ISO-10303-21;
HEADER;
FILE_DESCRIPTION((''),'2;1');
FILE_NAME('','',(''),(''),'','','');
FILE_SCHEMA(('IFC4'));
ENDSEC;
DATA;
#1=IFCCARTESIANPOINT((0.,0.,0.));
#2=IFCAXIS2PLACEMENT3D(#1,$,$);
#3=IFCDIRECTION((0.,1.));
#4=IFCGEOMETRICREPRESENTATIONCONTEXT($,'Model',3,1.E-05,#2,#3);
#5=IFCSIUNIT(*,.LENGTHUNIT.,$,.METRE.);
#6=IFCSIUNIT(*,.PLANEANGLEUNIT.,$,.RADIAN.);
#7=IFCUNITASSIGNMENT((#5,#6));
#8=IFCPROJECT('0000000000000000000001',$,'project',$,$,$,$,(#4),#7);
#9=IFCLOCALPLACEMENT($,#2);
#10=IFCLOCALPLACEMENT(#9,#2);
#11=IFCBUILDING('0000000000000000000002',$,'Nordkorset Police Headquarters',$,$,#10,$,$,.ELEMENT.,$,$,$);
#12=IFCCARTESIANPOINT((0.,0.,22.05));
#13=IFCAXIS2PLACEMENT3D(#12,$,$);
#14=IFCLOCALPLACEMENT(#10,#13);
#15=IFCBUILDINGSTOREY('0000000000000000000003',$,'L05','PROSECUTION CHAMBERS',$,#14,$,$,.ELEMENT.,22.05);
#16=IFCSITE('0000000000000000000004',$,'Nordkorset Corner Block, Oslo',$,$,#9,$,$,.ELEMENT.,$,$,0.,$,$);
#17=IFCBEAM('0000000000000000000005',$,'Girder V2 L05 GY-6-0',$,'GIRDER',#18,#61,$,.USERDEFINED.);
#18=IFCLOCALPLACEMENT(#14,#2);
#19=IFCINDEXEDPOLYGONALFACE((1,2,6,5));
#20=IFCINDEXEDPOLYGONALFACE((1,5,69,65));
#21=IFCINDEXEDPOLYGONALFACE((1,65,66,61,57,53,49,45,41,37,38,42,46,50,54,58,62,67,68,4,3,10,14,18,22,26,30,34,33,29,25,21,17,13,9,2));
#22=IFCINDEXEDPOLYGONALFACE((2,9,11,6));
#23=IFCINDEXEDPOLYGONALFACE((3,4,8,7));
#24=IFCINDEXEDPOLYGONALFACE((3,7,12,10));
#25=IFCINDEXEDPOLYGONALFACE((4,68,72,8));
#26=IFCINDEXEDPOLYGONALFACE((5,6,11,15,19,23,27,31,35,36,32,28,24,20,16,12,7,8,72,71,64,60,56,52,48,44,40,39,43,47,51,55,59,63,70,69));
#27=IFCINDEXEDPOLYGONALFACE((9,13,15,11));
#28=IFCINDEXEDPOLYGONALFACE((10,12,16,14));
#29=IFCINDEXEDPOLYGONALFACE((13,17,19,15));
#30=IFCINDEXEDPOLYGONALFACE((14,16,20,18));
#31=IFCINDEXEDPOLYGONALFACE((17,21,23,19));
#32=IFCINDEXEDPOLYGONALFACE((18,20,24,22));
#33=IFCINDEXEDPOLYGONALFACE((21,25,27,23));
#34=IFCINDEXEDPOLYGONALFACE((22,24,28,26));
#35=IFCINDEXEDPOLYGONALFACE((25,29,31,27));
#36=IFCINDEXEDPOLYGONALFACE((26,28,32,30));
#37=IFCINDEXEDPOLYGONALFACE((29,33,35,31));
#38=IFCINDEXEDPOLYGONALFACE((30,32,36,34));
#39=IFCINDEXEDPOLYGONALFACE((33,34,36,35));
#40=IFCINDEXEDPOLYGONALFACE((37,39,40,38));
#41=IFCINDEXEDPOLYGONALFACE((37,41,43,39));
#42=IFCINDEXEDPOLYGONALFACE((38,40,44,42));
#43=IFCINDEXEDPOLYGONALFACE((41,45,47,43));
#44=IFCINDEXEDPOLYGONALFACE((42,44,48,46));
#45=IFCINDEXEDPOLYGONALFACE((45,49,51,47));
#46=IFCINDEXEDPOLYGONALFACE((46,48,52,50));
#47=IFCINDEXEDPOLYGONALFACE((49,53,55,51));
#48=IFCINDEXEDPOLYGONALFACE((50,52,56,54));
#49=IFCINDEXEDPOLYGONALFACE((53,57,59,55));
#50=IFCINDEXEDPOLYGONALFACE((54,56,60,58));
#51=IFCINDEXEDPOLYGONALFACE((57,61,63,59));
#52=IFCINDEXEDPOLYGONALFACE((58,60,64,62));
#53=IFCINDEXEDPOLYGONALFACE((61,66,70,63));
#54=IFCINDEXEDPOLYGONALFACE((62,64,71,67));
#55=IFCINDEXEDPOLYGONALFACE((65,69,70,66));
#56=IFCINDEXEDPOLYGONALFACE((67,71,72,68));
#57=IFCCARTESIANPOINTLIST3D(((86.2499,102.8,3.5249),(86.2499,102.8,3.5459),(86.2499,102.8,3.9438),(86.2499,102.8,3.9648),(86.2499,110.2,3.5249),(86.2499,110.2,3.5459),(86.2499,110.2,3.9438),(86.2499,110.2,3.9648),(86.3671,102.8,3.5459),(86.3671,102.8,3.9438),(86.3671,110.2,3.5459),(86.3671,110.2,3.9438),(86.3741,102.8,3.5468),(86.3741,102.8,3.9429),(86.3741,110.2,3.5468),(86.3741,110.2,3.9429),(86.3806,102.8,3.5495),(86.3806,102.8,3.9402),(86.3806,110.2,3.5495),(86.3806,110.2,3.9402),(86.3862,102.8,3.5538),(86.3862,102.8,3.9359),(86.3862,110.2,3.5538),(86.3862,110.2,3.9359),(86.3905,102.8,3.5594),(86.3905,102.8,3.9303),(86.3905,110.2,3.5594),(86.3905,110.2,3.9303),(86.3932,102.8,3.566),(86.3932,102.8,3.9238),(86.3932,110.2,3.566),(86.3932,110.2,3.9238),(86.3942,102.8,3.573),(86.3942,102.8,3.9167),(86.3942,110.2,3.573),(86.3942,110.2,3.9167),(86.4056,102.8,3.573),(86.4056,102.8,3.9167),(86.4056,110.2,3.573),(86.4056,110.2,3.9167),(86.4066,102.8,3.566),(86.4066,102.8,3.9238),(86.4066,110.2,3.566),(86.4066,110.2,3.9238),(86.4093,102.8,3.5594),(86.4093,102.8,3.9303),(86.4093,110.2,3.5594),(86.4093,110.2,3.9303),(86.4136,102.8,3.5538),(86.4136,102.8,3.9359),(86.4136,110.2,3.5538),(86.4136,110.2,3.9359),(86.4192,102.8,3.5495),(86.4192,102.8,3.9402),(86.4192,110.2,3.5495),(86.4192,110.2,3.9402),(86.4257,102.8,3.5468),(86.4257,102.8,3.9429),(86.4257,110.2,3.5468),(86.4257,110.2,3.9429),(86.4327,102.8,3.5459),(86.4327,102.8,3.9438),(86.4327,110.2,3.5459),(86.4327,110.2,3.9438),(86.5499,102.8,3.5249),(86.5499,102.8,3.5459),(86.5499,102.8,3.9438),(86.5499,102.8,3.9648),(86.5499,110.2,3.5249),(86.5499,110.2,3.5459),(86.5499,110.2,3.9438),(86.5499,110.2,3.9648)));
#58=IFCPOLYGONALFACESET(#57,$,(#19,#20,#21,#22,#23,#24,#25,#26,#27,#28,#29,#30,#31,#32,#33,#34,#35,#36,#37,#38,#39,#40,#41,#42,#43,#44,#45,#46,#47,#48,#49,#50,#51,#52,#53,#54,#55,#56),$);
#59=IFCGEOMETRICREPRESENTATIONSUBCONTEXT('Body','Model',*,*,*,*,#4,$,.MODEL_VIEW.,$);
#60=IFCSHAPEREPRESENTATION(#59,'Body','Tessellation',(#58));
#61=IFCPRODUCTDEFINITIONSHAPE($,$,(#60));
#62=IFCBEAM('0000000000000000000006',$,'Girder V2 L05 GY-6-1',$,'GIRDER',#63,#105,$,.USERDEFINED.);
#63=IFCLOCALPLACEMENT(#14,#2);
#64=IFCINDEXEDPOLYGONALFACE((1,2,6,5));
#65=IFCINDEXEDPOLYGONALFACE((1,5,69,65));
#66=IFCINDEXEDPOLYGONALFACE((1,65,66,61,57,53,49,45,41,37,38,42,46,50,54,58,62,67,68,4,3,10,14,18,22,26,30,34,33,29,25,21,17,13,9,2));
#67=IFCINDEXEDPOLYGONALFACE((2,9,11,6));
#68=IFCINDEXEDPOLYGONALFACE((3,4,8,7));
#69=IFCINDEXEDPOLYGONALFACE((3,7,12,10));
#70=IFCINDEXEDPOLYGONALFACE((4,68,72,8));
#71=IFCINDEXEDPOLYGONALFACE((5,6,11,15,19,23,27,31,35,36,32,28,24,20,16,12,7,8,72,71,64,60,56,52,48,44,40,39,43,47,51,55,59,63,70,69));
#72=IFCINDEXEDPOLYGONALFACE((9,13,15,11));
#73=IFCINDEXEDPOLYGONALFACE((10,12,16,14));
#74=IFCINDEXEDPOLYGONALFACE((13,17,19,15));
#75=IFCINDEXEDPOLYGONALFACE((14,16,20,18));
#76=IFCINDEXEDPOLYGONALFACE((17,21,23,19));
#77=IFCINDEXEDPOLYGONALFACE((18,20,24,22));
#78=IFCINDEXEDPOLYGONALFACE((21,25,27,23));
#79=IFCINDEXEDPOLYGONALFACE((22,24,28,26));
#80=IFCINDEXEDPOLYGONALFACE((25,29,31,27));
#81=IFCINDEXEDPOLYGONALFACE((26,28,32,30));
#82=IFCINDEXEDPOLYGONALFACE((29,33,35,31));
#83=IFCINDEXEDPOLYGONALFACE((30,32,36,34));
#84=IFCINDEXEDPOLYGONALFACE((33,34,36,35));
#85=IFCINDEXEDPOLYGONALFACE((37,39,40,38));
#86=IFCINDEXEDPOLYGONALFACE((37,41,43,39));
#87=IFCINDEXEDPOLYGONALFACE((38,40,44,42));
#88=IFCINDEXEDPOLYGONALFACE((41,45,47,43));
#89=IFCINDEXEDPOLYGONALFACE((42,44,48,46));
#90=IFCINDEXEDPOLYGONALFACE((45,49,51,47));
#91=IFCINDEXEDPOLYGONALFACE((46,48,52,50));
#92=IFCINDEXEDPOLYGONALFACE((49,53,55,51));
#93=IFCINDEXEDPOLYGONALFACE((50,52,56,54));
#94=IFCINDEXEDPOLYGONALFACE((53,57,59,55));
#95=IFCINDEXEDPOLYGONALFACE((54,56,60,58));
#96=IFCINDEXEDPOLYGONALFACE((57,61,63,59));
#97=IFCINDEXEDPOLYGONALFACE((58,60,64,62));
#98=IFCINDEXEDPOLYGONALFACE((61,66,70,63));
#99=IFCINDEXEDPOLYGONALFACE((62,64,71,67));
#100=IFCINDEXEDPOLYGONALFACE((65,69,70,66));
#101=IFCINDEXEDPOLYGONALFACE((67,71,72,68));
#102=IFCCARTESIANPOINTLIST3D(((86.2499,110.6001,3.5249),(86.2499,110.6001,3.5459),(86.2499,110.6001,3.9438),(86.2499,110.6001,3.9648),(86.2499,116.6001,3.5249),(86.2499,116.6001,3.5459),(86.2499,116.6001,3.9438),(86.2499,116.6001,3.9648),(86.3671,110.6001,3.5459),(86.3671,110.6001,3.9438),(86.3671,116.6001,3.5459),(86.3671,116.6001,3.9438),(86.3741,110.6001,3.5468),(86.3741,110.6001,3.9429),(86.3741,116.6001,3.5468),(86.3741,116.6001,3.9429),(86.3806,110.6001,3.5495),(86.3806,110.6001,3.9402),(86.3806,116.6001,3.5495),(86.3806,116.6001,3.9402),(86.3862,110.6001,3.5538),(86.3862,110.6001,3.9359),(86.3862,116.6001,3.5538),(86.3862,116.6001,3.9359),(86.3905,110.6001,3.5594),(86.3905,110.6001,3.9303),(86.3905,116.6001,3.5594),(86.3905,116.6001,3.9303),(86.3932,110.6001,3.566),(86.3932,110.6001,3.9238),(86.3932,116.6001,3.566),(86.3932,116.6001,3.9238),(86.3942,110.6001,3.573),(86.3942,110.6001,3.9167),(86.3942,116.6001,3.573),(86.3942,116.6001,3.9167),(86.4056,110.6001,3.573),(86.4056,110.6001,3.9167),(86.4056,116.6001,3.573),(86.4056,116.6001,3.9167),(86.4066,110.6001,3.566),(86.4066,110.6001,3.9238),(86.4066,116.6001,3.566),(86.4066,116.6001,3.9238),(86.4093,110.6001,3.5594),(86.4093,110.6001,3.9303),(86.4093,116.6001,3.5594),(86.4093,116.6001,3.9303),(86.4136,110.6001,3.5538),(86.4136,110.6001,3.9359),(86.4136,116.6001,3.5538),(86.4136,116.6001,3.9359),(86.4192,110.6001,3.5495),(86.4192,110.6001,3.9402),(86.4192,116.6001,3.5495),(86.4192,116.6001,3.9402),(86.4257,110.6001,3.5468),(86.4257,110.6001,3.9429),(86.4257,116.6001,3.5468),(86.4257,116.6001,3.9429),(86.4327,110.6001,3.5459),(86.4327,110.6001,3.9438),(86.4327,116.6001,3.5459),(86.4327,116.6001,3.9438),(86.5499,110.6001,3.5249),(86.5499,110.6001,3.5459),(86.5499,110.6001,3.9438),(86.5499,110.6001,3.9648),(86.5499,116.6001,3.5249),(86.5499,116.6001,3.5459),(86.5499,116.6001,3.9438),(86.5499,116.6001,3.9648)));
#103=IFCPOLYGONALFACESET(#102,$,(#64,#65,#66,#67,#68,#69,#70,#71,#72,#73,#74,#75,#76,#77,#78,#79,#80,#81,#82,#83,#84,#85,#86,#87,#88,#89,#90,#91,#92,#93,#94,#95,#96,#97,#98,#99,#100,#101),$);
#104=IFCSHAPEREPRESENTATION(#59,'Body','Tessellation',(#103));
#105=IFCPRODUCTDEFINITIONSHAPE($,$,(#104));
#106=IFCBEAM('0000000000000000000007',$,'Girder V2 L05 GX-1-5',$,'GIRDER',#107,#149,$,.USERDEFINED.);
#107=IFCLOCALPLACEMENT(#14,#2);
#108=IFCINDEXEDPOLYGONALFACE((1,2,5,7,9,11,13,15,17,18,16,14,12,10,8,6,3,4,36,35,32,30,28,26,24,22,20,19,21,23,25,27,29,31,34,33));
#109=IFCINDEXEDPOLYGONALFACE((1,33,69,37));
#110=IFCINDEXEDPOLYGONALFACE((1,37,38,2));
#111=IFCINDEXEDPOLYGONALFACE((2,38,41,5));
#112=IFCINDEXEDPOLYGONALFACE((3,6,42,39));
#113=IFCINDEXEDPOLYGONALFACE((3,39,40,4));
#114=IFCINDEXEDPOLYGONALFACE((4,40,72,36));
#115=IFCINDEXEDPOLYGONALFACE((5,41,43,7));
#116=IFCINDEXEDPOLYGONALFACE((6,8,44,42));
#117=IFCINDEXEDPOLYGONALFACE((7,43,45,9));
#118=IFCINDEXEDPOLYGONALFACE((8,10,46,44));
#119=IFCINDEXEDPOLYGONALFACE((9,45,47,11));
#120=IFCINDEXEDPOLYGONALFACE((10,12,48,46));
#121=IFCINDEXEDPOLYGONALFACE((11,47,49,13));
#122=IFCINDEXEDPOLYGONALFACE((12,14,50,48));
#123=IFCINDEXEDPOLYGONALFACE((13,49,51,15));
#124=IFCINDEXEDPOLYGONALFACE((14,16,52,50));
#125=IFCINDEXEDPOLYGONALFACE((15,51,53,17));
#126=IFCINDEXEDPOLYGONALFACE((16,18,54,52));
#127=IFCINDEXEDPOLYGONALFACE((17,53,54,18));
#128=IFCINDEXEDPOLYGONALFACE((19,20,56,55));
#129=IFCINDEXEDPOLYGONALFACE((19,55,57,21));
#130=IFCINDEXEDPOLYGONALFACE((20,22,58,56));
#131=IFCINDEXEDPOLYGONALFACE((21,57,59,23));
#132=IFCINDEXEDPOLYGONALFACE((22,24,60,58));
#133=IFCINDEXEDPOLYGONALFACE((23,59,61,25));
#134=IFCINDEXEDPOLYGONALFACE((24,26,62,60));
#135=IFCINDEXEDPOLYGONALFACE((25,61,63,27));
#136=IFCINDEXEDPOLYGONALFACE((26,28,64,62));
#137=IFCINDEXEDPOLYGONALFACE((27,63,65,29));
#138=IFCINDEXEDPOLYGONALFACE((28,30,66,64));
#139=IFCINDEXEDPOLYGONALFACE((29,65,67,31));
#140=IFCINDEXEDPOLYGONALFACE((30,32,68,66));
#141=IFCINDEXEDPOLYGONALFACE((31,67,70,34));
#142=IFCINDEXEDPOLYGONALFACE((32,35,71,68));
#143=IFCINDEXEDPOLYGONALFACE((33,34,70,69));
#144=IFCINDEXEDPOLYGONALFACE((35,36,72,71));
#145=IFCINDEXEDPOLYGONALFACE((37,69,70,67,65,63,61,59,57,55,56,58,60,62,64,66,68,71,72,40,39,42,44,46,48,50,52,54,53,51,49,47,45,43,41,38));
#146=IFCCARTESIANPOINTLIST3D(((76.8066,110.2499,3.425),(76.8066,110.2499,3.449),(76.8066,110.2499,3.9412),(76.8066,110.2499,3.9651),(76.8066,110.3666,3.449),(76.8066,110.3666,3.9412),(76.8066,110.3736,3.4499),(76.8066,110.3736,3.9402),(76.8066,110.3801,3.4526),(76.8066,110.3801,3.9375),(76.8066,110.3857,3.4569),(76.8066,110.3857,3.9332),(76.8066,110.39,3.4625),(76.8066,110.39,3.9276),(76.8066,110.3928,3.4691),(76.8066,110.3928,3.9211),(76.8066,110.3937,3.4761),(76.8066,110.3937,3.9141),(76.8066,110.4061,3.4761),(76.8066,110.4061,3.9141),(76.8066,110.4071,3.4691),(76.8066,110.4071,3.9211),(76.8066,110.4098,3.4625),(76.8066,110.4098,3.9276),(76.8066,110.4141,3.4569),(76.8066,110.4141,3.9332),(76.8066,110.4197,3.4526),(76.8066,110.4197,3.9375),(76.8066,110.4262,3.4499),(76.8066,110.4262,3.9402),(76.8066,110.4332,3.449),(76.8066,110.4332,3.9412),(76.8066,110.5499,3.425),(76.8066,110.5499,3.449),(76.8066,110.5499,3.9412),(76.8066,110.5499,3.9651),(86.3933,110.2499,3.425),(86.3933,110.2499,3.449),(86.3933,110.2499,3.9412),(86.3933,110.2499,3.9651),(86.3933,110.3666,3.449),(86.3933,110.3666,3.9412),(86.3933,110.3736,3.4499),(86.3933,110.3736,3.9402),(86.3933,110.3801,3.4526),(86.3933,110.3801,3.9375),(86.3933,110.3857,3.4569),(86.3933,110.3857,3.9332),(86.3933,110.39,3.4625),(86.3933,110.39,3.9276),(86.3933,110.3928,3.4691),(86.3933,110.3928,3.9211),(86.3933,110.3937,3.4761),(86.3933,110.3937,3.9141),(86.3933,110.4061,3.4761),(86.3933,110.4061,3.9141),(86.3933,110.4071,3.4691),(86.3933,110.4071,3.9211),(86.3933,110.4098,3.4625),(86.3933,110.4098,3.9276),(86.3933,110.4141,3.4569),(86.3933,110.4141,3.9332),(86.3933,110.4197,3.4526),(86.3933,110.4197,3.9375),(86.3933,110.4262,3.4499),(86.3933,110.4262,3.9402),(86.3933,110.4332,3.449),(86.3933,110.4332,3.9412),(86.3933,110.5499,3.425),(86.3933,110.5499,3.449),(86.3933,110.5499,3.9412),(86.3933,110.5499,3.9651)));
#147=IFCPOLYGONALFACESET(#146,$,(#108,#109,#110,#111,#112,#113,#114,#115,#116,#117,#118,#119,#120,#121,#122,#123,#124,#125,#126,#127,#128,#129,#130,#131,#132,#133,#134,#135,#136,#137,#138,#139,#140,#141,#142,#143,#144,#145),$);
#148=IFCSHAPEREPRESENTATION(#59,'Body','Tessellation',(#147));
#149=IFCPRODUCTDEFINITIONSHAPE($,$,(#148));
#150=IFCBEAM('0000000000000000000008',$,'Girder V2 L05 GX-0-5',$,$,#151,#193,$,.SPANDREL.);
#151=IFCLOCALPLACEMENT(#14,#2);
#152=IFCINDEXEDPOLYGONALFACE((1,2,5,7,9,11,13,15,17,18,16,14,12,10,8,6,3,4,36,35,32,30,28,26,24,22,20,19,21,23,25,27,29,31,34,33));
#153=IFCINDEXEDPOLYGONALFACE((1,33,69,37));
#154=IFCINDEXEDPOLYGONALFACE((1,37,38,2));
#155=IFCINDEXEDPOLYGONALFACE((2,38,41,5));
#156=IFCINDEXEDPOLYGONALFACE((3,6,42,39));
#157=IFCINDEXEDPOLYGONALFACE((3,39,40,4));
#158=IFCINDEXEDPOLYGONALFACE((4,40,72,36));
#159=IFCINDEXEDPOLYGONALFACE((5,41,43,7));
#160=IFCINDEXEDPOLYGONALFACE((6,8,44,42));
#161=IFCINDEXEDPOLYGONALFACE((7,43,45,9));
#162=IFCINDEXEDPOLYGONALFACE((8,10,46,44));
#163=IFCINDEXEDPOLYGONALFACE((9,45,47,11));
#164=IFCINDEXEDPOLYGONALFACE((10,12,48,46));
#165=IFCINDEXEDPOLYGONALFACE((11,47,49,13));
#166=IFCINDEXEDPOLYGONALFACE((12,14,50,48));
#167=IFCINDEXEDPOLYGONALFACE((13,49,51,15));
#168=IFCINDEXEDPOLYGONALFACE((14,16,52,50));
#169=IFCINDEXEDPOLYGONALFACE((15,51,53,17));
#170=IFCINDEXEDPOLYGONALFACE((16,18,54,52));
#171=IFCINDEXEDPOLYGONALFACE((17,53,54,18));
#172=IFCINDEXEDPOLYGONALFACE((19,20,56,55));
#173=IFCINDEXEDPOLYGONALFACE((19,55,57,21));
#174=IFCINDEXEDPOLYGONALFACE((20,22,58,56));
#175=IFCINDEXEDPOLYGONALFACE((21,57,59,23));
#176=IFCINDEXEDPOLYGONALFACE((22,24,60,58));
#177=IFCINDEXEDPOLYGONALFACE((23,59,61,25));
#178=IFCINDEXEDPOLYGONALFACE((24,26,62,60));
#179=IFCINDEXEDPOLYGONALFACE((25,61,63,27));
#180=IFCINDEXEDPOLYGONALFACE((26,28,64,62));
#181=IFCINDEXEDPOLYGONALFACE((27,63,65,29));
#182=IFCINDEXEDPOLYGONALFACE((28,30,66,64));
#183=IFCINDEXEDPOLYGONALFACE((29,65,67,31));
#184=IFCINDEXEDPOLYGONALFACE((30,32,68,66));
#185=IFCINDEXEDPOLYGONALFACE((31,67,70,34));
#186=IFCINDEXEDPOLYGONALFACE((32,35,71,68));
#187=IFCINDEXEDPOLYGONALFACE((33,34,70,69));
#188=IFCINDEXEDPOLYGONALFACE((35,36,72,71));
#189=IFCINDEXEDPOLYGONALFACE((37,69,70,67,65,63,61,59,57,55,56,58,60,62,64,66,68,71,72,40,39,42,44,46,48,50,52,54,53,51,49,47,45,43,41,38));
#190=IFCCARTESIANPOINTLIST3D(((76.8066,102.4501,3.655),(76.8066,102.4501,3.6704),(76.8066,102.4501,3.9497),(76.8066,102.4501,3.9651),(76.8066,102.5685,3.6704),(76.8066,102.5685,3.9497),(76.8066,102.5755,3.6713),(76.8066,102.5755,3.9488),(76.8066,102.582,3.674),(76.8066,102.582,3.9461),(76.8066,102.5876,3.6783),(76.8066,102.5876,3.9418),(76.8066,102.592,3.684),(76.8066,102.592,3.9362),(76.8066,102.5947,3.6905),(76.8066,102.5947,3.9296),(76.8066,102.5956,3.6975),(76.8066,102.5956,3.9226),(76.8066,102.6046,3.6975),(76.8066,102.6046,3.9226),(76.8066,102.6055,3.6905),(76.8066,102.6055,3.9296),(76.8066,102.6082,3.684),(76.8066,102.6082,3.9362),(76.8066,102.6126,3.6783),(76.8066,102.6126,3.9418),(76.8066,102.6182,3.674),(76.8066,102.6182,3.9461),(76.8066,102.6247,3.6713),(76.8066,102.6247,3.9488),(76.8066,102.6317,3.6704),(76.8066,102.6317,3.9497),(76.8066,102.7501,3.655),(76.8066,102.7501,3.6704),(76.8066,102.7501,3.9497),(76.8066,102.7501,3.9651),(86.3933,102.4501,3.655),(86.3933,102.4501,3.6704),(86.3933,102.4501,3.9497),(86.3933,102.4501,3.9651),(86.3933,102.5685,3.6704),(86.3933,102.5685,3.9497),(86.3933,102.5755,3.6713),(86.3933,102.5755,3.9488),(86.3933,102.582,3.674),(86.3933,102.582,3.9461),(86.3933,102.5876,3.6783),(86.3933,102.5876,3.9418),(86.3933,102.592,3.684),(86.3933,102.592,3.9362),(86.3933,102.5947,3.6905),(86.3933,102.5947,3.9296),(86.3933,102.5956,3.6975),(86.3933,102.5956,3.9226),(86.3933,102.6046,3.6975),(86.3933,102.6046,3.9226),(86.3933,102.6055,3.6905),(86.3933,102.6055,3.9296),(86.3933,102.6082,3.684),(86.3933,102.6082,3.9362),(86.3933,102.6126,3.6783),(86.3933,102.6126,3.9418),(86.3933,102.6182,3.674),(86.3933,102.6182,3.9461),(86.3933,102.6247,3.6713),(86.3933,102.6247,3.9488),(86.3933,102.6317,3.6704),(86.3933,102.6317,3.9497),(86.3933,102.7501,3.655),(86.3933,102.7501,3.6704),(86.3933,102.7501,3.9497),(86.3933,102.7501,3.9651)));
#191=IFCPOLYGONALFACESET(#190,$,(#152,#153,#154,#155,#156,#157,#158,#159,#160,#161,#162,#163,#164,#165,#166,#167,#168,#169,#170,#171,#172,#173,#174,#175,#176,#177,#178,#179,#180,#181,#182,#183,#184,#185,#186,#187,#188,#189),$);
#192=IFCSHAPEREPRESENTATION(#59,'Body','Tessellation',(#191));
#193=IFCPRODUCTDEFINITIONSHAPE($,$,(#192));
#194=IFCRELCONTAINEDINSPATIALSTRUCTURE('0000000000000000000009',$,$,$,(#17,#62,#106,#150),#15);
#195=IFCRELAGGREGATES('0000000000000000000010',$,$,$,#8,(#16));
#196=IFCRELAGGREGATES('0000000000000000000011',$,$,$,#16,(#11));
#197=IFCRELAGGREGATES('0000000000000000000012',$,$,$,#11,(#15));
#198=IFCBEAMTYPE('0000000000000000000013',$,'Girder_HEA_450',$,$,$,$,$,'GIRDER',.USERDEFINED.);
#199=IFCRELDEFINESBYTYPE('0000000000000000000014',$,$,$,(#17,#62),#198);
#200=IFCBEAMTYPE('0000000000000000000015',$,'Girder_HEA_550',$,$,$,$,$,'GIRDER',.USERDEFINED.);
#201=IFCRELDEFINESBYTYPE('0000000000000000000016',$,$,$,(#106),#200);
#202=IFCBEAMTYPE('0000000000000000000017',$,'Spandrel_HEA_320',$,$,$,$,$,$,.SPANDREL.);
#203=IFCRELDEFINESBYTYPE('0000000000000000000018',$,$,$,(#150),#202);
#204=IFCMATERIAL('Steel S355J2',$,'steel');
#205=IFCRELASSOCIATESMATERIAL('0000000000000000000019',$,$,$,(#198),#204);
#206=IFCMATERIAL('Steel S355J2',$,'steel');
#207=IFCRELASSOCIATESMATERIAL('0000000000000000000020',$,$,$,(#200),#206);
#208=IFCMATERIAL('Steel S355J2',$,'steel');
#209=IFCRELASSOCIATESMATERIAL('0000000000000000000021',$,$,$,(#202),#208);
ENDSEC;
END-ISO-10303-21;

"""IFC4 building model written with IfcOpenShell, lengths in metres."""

from ifc_helpers import new_model, si_unit, direction, frame, origin, origin_2d, place, context, subcontext, project, spatial, i_section, extrude, material, material_profile, profile_set, type_object, element, save


model = new_model("IFC4")

# Units and contexts
model_context = context("Model", 3, precision=1e-05, world=origin(), true_north=direction((0.0, 1.0)))
body_context = subcontext(model_context, "Body", "Model", "MODEL_VIEW")
ifc_project = project(units=[si_unit("LENGTHUNIT", "METRE"), si_unit("PLANEANGLEUNIT", "RADIAN")], contexts=[model_context])

# Site, building, storey
site_placement = place(None, origin())
site = spatial("IfcSite", under=ifc_project, at=site_placement, Name="Nordkorset Corner Block, Oslo", CompositionType="ELEMENT", RefElevation=0.0)
building_placement = place(site_placement, origin())
building = spatial("IfcBuilding", under=site, at=building_placement, Name="Nordkorset Police Headquarters", CompositionType="ELEMENT")
storey_placement = place(building_placement, frame((0.0, 0.0, 22.05)))
storey = spatial("IfcBuildingStorey", under=building, at=storey_placement, Name="L05", Description="PROSECUTION CHAMBERS", CompositionType="ELEMENT", Elevation=22.05)

# Beams
ifc_material_1 = material(Name="Steel S355J2", Category="steel")
ifc_material_profile_1 = material_profile(ifc_material_1, i_section(OverallWidth=0.3, OverallDepth=0.4399, WebThickness=0.0115, FlangeThickness=0.021, FilletRadius=0.0271, at=origin_2d()), Name="HEA 450")
ifc_profile_set_1 = profile_set([ifc_material_profile_1], Name="Steel S355J2")
beam_type_1 = type_object("IfcBeamType", Name="Girder_HEA_450", ElementType="GIRDER", PredefinedType="USERDEFINED", material=ifc_profile_set_1)
beam_1_placement = place(storey_placement, frame((86.3999, 102.8, 3.7449), z_axis=(0.0, 1.0, 0.0), x_axis=(-1.0, 0.0, 0.0)))
element("IfcBeam", 1, at=beam_1_placement, inside=storey, type_object=beam_type_1, Name="Girder V2 L05 GY-6-0", ObjectType="GIRDER", PredefinedType="USERDEFINED", context=body_context, shape_type="SweptSolid", body=[
    extrude(i_section(OverallWidth=0.3, OverallDepth=0.4399, WebThickness=0.0115, FlangeThickness=0.021, FilletRadius=0.0271, at=origin_2d()), origin(), (0.0, 0.0, 1.0), 7.3999),
])
beam_2_placement = place(storey_placement, frame((86.3999, 110.6001, 3.7449), z_axis=(0.0, 1.0, 0.0), x_axis=(-1.0, 0.0, 0.0)))
element("IfcBeam", 2, at=beam_2_placement, inside=storey, type_object=beam_type_1, Name="Girder V2 L05 GY-6-1", ObjectType="GIRDER", PredefinedType="USERDEFINED", context=body_context, shape_type="SweptSolid", body=[
    extrude(i_section(OverallWidth=0.3, OverallDepth=0.4399, WebThickness=0.0115, FlangeThickness=0.021, FilletRadius=0.0271, at=origin_2d()), origin(), (0.0, 0.0, 1.0), 6.0),
])
ifc_material_2 = material(Name="Steel S355J2", Category="steel")
ifc_material_profile_2 = material_profile(ifc_material_2, i_section(OverallWidth=0.3, OverallDepth=0.54, WebThickness=0.0125, FlangeThickness=0.0239, FilletRadius=0.0271, at=origin_2d()), Name="HEA 550")
ifc_profile_set_2 = profile_set([ifc_material_profile_2], Name="Steel S355J2")
beam_type_2 = type_object("IfcBeamType", Name="Girder_HEA_550", ElementType="GIRDER", PredefinedType="USERDEFINED", material=ifc_profile_set_2)
beam_3_placement = place(storey_placement, frame((76.8066, 110.3999, 3.6951), z_axis=(1.0, 0.0, 0.0), x_axis=(0.0, 1.0, 0.0)))
element("IfcBeam", 3, at=beam_3_placement, inside=storey, type_object=beam_type_2, Name="Girder V2 L05 GX-1-5", ObjectType="GIRDER", PredefinedType="USERDEFINED", context=body_context, shape_type="SweptSolid", body=[
    extrude(i_section(OverallWidth=0.3, OverallDepth=0.54, WebThickness=0.0125, FlangeThickness=0.0239, FilletRadius=0.0271, at=origin_2d()), origin(), (0.0, 0.0, 1.0), 9.5867),
])
ifc_material_3 = material(Name="Steel S355J2", Category="steel")
ifc_material_profile_3 = material_profile(ifc_material_3, i_section(OverallWidth=0.3, OverallDepth=0.3101, WebThickness=0.009, FlangeThickness=0.0154, FilletRadius=0.0271, at=origin_2d()), Name="HEA 320")
ifc_profile_set_3 = profile_set([ifc_material_profile_3], Name="Steel S355J2")
beam_type_3 = type_object("IfcBeamType", Name="Spandrel_HEA_320", PredefinedType="SPANDREL", material=ifc_profile_set_3)
beam_4_placement = place(storey_placement, frame((76.8066, 102.6001, 3.8101), z_axis=(1.0, 0.0, 0.0), x_axis=(0.0, 1.0, 0.0)))
element("IfcBeam", 4, at=beam_4_placement, inside=storey, type_object=beam_type_3, Name="Girder V2 L05 GX-0-5", PredefinedType="SPANDREL", context=body_context, shape_type="SweptSolid", body=[
    extrude(i_section(OverallWidth=0.3, OverallDepth=0.3101, WebThickness=0.009, FlangeThickness=0.0154, FilletRadius=0.0271, at=origin_2d()), origin(), (0.0, 0.0, 1.0), 9.5867),
])

save(model, "model.ifc")
